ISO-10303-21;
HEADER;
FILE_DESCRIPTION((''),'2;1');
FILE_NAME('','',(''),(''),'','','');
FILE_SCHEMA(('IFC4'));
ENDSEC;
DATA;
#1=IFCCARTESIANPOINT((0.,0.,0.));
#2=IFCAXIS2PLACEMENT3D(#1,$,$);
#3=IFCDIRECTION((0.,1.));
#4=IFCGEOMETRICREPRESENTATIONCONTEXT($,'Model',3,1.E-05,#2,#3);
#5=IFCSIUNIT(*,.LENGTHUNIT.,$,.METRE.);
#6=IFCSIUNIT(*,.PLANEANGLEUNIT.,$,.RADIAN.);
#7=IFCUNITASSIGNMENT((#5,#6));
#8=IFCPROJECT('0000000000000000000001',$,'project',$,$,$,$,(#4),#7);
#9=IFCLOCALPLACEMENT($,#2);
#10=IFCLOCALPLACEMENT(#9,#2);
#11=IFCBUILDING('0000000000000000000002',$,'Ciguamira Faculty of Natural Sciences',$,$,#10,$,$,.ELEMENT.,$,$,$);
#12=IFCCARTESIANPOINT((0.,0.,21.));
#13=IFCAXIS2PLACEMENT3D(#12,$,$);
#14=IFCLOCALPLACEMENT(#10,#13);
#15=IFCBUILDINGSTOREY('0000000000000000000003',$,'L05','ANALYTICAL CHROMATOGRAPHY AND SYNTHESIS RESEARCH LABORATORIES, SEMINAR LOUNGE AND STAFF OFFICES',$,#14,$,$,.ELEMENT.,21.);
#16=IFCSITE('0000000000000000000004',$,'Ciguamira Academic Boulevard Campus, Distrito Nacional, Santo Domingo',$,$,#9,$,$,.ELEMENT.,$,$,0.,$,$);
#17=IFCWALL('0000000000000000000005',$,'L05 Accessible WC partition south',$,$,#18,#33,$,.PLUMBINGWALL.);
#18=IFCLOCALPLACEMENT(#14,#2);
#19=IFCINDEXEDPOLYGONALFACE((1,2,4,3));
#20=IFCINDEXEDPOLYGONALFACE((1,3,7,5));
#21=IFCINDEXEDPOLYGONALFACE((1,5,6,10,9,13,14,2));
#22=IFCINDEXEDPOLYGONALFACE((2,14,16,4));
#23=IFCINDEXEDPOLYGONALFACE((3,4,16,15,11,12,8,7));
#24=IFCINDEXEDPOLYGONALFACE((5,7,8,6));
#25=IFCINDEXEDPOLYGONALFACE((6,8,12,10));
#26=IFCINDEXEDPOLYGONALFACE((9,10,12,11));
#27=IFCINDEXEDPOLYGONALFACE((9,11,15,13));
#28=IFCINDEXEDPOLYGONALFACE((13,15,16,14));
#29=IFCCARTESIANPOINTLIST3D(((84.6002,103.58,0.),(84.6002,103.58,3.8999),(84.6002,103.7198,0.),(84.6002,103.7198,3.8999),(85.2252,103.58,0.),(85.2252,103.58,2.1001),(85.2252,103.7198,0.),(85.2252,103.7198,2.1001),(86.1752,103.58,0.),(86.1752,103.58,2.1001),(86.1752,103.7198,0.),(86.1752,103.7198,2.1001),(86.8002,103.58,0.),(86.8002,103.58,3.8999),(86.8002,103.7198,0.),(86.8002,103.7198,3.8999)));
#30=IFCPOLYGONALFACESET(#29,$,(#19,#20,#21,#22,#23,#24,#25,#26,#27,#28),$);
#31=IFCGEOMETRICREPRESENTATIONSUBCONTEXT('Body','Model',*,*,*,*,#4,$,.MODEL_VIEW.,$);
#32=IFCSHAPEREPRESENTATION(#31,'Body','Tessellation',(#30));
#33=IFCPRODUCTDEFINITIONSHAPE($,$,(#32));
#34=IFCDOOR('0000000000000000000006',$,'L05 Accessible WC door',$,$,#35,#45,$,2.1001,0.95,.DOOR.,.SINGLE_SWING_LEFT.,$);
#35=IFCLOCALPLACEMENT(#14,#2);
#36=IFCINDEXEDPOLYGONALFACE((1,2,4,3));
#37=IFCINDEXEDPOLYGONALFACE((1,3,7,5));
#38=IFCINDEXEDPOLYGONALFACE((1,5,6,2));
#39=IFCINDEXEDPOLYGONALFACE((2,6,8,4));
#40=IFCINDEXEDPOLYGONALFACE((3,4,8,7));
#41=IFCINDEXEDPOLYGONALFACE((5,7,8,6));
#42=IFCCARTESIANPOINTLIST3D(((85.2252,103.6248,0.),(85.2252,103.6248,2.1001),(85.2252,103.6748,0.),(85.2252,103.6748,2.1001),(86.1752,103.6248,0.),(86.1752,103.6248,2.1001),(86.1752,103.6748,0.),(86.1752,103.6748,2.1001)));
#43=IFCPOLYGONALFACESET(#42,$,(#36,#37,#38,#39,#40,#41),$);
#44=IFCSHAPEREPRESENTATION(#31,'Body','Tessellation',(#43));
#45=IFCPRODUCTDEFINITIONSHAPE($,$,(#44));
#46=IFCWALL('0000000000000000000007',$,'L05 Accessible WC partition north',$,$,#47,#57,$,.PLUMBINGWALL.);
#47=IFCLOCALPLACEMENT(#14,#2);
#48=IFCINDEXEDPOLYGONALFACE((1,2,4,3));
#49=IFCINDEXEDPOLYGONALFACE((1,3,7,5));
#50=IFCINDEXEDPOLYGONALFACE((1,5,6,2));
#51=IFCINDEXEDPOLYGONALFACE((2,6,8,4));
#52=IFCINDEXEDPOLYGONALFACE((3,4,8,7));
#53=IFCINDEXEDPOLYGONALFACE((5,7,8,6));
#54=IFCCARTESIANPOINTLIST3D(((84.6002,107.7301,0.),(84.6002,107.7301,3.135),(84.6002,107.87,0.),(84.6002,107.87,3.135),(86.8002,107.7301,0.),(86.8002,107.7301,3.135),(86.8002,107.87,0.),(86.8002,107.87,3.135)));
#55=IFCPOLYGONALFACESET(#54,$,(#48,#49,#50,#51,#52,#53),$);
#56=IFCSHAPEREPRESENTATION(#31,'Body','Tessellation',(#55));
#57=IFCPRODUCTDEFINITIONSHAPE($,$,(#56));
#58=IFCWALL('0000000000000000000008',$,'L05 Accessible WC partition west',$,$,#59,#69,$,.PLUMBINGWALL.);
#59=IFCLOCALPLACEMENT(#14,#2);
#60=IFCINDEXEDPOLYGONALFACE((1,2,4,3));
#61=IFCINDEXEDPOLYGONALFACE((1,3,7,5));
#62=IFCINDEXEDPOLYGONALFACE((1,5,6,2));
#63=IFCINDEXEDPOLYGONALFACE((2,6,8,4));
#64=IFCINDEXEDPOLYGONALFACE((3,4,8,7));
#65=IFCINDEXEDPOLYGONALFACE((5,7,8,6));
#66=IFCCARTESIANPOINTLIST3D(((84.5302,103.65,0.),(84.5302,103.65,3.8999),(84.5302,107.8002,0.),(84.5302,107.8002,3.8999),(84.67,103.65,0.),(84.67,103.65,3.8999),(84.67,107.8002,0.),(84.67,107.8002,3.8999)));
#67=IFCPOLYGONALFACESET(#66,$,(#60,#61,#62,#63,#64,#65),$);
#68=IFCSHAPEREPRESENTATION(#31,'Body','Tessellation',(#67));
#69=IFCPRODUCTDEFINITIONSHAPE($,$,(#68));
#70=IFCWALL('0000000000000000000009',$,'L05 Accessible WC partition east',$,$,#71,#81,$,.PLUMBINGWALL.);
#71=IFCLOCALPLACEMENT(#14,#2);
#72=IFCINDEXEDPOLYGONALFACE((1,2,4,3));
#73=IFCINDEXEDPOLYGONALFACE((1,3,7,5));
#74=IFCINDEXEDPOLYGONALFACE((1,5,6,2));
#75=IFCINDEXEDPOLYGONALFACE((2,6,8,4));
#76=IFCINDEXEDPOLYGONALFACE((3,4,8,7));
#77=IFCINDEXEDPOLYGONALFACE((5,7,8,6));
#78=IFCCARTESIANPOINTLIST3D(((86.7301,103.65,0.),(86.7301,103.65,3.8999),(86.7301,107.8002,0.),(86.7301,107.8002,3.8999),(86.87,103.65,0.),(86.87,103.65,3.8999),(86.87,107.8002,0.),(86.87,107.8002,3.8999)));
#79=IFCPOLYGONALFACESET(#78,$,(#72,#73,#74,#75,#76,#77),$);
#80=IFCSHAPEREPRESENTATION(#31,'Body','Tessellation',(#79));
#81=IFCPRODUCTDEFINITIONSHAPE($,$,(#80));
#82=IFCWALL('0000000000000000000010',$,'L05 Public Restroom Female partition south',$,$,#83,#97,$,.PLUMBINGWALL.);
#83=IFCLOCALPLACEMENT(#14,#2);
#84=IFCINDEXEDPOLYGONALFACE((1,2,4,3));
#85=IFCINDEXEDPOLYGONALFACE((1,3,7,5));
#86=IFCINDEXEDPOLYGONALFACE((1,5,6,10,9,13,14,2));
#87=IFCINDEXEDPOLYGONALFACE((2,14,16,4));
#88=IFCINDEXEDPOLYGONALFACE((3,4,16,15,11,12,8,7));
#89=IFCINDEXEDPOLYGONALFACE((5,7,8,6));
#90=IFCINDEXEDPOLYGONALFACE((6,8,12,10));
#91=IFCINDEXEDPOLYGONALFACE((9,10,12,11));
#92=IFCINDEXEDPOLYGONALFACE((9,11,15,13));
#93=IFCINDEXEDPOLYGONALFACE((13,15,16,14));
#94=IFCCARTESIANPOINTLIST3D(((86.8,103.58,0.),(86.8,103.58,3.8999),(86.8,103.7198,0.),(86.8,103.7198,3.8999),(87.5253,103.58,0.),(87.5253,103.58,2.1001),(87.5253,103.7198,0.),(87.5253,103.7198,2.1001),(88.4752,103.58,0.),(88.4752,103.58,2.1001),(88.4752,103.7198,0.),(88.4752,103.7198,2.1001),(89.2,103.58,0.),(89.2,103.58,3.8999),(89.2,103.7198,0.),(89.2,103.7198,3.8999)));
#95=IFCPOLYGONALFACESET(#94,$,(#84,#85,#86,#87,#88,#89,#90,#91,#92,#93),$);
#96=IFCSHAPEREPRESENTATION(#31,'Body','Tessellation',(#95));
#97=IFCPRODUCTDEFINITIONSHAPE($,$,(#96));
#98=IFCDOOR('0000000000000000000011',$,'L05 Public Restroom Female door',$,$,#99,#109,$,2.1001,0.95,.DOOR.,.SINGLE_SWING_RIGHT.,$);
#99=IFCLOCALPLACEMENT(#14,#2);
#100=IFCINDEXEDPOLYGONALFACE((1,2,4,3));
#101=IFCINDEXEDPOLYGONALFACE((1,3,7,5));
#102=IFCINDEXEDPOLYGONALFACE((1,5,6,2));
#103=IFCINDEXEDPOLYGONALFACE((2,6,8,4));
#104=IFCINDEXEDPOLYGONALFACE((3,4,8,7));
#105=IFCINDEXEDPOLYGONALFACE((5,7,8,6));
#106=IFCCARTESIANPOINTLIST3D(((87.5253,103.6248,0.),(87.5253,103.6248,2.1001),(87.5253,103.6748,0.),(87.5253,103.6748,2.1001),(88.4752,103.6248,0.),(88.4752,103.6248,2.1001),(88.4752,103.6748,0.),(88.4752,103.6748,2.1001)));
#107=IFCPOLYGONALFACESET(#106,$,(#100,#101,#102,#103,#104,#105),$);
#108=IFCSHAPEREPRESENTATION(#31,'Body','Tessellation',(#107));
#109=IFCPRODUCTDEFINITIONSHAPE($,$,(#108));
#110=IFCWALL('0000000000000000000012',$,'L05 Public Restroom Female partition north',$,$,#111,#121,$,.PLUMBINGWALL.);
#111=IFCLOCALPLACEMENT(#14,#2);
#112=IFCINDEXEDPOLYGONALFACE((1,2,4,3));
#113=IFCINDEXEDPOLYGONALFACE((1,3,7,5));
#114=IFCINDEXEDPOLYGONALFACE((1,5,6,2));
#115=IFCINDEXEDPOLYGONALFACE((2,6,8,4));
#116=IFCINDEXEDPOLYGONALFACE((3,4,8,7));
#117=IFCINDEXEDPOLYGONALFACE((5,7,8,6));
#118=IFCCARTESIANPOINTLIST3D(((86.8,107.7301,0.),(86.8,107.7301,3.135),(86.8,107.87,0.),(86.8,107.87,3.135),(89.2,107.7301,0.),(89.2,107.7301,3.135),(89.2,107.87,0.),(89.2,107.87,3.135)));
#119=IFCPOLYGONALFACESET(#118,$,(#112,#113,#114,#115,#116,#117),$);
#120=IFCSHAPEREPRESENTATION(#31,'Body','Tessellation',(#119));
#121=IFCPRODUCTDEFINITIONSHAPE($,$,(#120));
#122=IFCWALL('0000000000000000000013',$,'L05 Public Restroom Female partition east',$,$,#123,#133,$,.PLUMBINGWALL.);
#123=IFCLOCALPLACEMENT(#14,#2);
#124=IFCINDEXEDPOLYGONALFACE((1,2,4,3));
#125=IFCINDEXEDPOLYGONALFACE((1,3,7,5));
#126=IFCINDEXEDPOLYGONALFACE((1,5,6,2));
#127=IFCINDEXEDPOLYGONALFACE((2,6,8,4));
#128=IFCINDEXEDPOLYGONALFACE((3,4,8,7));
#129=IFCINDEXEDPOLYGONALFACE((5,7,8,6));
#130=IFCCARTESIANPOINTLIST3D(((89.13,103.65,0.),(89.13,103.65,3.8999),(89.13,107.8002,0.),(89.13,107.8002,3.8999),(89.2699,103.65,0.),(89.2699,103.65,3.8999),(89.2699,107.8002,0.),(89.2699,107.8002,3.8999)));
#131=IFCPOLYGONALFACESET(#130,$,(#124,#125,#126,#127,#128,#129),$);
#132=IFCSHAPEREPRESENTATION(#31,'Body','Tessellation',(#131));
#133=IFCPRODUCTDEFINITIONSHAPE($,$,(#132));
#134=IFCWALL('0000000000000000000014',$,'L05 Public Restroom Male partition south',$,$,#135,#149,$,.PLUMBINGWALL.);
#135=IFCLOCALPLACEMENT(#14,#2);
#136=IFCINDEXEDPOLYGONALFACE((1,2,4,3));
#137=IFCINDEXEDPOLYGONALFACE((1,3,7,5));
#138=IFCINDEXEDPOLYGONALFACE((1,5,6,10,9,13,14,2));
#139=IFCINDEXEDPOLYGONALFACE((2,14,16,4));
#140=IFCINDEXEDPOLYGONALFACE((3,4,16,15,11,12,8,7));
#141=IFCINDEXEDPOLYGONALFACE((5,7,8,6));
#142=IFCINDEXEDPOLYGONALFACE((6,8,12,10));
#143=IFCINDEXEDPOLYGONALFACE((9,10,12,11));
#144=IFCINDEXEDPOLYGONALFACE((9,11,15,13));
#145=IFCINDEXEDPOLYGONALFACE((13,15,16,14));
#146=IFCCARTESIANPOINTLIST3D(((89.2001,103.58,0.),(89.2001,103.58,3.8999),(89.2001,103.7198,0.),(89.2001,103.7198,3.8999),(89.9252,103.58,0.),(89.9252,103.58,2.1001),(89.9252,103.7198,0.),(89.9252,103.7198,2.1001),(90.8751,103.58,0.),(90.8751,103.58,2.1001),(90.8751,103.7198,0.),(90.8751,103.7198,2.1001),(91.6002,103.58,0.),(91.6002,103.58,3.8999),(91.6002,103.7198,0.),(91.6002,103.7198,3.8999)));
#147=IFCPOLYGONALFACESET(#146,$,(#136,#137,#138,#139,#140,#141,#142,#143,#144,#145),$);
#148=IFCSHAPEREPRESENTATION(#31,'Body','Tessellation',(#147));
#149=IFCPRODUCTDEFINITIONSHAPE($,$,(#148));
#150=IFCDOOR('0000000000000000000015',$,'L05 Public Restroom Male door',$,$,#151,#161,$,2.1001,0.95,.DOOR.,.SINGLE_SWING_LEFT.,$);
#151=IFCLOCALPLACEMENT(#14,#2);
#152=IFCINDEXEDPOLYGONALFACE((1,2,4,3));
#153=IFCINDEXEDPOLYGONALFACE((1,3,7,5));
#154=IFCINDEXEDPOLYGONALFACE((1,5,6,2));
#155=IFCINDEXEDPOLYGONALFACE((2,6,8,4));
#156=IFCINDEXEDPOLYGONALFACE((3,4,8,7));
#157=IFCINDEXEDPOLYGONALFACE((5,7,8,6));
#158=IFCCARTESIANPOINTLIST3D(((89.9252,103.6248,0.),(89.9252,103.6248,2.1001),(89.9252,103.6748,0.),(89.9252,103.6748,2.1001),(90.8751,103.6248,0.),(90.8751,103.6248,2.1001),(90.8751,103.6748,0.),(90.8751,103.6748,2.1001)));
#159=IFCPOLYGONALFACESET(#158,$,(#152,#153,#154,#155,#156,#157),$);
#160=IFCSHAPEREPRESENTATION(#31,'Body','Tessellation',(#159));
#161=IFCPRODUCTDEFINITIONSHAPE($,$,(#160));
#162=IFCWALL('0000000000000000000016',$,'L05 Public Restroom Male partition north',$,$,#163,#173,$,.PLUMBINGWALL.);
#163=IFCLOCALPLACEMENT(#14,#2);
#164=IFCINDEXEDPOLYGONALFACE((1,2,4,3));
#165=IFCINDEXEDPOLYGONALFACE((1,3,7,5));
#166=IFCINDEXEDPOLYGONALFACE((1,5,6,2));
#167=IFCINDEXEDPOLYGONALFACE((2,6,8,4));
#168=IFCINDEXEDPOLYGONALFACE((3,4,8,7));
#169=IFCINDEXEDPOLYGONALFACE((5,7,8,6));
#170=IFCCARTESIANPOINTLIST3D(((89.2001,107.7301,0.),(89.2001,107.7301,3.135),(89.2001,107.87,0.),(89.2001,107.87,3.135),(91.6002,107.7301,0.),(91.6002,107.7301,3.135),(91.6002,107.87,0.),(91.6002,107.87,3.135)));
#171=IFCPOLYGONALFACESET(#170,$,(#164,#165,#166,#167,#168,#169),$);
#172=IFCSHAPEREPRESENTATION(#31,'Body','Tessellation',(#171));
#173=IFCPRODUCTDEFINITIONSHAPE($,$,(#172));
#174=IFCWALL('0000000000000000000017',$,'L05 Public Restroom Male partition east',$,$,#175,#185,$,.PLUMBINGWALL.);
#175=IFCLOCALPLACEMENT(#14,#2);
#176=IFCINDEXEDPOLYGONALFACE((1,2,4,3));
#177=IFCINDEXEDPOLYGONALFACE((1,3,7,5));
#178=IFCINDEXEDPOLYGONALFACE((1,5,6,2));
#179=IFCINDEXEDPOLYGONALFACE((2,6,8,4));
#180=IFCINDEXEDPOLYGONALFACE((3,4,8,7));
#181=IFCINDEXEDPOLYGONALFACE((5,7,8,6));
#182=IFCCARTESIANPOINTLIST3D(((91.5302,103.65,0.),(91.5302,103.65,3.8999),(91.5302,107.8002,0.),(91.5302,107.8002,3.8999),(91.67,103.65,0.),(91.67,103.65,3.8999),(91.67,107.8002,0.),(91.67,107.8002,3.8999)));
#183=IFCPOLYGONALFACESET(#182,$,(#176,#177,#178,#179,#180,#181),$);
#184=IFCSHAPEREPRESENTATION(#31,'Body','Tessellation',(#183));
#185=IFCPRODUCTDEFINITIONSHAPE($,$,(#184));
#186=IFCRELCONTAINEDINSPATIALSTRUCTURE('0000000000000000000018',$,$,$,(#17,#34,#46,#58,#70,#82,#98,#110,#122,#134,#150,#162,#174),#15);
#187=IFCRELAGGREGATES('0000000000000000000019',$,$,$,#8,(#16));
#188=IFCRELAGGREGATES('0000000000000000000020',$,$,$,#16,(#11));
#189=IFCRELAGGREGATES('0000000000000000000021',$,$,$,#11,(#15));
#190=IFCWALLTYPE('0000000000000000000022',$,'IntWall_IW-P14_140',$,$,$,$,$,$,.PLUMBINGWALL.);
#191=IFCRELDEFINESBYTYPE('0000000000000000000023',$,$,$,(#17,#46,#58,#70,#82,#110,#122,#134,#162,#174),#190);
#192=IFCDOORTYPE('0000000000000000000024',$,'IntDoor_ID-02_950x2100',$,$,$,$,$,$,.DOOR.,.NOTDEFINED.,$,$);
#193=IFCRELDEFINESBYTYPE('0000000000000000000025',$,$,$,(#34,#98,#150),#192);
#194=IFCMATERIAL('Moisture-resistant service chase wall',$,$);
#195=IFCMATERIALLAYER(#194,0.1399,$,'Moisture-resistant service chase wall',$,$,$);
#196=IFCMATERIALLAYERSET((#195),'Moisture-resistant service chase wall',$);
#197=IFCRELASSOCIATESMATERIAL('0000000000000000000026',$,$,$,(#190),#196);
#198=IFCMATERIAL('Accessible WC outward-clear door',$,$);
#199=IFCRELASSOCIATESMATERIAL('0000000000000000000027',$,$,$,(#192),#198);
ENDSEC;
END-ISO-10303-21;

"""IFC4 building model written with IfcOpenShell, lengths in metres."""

from ifc_helpers import new_model, si_unit, direction, frame, frame_2d, origin, place, context, subcontext, project, spatial, rectangle, extrude, material, layer, layer_set, type_object, element, fill, save


model = new_model("IFC4")

# Units and contexts
model_context = context("Model", 3, precision=1e-05, world=origin(), true_north=direction((0.0, 1.0)))
body_context = subcontext(model_context, "Body", "Model", "MODEL_VIEW")
ifc_project = project(units=[si_unit("LENGTHUNIT", "METRE"), si_unit("PLANEANGLEUNIT", "RADIAN")], contexts=[model_context])

# Site, building, storey
site_placement = place(None, origin())
site = spatial("IfcSite", under=ifc_project, at=site_placement, Name="Ciguamira Academic Boulevard Campus, Distrito Nacional, Santo Domingo", CompositionType="ELEMENT", RefElevation=0.0)
building_placement = place(site_placement, origin())
building = spatial("IfcBuilding", under=site, at=building_placement, Name="Ciguamira Faculty of Natural Sciences", CompositionType="ELEMENT")
storey_placement = place(building_placement, frame((0.0, 0.0, 21.0)))
storey = spatial("IfcBuildingStorey", under=building, at=storey_placement, Name="L05", Description="ANALYTICAL CHROMATOGRAPHY AND SYNTHESIS RESEARCH LABORATORIES, SEMINAR LOUNGE AND STAFF OFFICES", CompositionType="ELEMENT", Elevation=21.0)

# Wall, opening, door
ifc_material_1 = material(Name="Moisture-resistant service chase wall")
ifc_layer_1 = layer(ifc_material_1, 0.1399, Name="Moisture-resistant service chase wall")
ifc_layer_set_1 = layer_set([ifc_layer_1], Name="Moisture-resistant service chase wall")
wall_type_1 = type_object("IfcWallType", Name="IntWall_IW-P14_140", PredefinedType="PLUMBINGWALL", material=ifc_layer_set_1)
wall_1_placement = place(storey_placement, frame((84.6001, 103.6499, 0.0), z_axis=(0.0, 0.0, 1.0), x_axis=(1.0, 0.0, 0.0)))
wall_1 = element("IfcWall", 1, at=wall_1_placement, inside=storey, type_object=wall_type_1, Name="L05 Accessible WC partition south", PredefinedType="PLUMBINGWALL", context=body_context, shape_type="SweptSolid", body=[
    extrude(rectangle(XDim=2.2, YDim=0.1399, at=frame_2d((1.1001, 0.0))), origin(), (0.0, 0.0, 1.0), 3.8999),
])
opening_1_placement = place(wall_1_placement, frame((0.625, 0.0, 0.0)))
opening_1 = element("IfcOpeningElement", 2, at=opening_1_placement, cuts=wall_1, PredefinedType="OPENING", context=body_context, shape_type="SweptSolid", body=[
    extrude(rectangle(XDim=0.95, YDim=2.1001, at=frame_2d((0.4751, 1.05))), frame((0.0, 0.0798, 0.0), z_axis=(0.0, -1.0, 0.0), x_axis=(1.0, 0.0, 0.0)), (0.0, 0.0, 1.0), 0.1599),
])
ifc_material_2 = material(Name="Accessible WC outward-clear door")
door_type_1 = type_object("IfcDoorType", Name="IntDoor_ID-02_950x2100", OperationType="NOTDEFINED", PredefinedType="DOOR", material=ifc_material_2)
door_1_placement = place(opening_1_placement, origin())
door_1 = element("IfcDoor", 3, at=door_1_placement, inside=storey, type_object=door_type_1, Name="L05 Accessible WC door", OperationType="SINGLE_SWING_LEFT", OverallHeight=2.1001, OverallWidth=0.95, PredefinedType="DOOR", context=body_context, shape_type="SweptSolid", body=[
    extrude(rectangle(XDim=0.95, YDim=2.1001, at=frame_2d((0.4751, 1.05))), frame((0.0, 0.0249, 0.0), z_axis=(0.0, -1.0, 0.0), x_axis=(1.0, 0.0, 0.0)), (0.0, 0.0, 1.0), 0.05),
])
fill(opening_1, door_1)

# Walls
wall_2_placement = place(storey_placement, frame((84.6001, 107.8, 0.0), z_axis=(0.0, 0.0, 1.0), x_axis=(1.0, 0.0, 0.0)))
element("IfcWall", 4, at=wall_2_placement, inside=storey, type_object=wall_type_1, Name="L05 Accessible WC partition north", PredefinedType="PLUMBINGWALL", context=body_context, shape_type="SweptSolid", body=[
    extrude(rectangle(XDim=2.2, YDim=0.1399, at=frame_2d((1.1001, 0.0))), origin(), (0.0, 0.0, 1.0), 3.135),
])
for number, where, z_axis, x_axis, name in (
    (5, (84.6001, 103.6499, 0.0), (0.0, 0.0, 1.0), (0.0, 1.0, 0.0), "L05 Accessible WC partition west"),
    (6, (86.8, 103.6499, 0.0), (0.0, 0.0, 1.0), (0.0, 1.0, 0.0), "L05 Accessible WC partition east"),
):
    element("IfcWall", number, at=place(storey_placement, frame(where, z_axis=z_axis, x_axis=x_axis)), inside=storey, type_object=wall_type_1, Name=name, PredefinedType="PLUMBINGWALL", context=body_context, shape_type="SweptSolid", body=[
        extrude(rectangle(XDim=4.1501, YDim=0.1399, at=frame_2d((2.0752, 0.0))), origin(), (0.0, 0.0, 1.0), 3.8999),
    ])

# Wall, opening, door
wall_3_placement = place(storey_placement, frame((86.8, 103.6499, 0.0), z_axis=(0.0, 0.0, 1.0), x_axis=(1.0, 0.0, 0.0)))
wall_3 = element("IfcWall", 7, at=wall_3_placement, inside=storey, type_object=wall_type_1, Name="L05 Public Restroom Female partition south", PredefinedType="PLUMBINGWALL", context=body_context, shape_type="SweptSolid", body=[
    extrude(rectangle(XDim=2.3999, YDim=0.1399, at=frame_2d((1.2, 0.0))), origin(), (0.0, 0.0, 1.0), 3.8999),
])
opening_2_placement = place(wall_3_placement, frame((0.7251, 0.0, 0.0)))
opening_2 = element("IfcOpeningElement", 8, at=opening_2_placement, cuts=wall_3, PredefinedType="OPENING", context=body_context, shape_type="SweptSolid", body=[
    extrude(rectangle(XDim=0.95, YDim=2.1001, at=frame_2d((0.4751, 1.05))), frame((0.0, 0.0798, 0.0), z_axis=(0.0, -1.0, 0.0), x_axis=(1.0, 0.0, 0.0)), (0.0, 0.0, 1.0), 0.1599),
])
door_2_placement = place(opening_2_placement, origin())
door_2 = element("IfcDoor", 9, at=door_2_placement, inside=storey, type_object=door_type_1, Name="L05 Public Restroom Female door", OperationType="SINGLE_SWING_RIGHT", OverallHeight=2.1001, OverallWidth=0.95, PredefinedType="DOOR", context=body_context, shape_type="SweptSolid", body=[
    extrude(rectangle(XDim=0.95, YDim=2.1001, at=frame_2d((0.4751, 1.05))), frame((0.0, 0.0249, 0.0), z_axis=(0.0, -1.0, 0.0), x_axis=(1.0, 0.0, 0.0)), (0.0, 0.0, 1.0), 0.05),
])
fill(opening_2, door_2)

# Walls
wall_4_placement = place(storey_placement, frame((86.8, 107.8, 0.0), z_axis=(0.0, 0.0, 1.0), x_axis=(1.0, 0.0, 0.0)))
element("IfcWall", 10, at=wall_4_placement, inside=storey, type_object=wall_type_1, Name="L05 Public Restroom Female partition north", PredefinedType="PLUMBINGWALL", context=body_context, shape_type="SweptSolid", body=[
    extrude(rectangle(XDim=2.3999, YDim=0.1399, at=frame_2d((1.2, 0.0))), origin(), (0.0, 0.0, 1.0), 3.135),
])
wall_5_placement = place(storey_placement, frame((89.2, 103.6499, 0.0), z_axis=(0.0, 0.0, 1.0), x_axis=(0.0, 1.0, 0.0)))
element("IfcWall", 11, at=wall_5_placement, inside=storey, type_object=wall_type_1, Name="L05 Public Restroom Female partition east", PredefinedType="PLUMBINGWALL", context=body_context, shape_type="SweptSolid", body=[
    extrude(rectangle(XDim=4.1501, YDim=0.1399, at=frame_2d((2.0752, 0.0))), origin(), (0.0, 0.0, 1.0), 3.8999),
])

# Wall, opening, door
wall_6_placement = place(storey_placement, frame((89.2, 103.6499, 0.0), z_axis=(0.0, 0.0, 1.0), x_axis=(1.0, 0.0, 0.0)))
wall_6 = element("IfcWall", 12, at=wall_6_placement, inside=storey, type_object=wall_type_1, Name="L05 Public Restroom Male partition south", PredefinedType="PLUMBINGWALL", context=body_context, shape_type="SweptSolid", body=[
    extrude(rectangle(XDim=2.4001, YDim=0.1399, at=frame_2d((1.2002, 0.0))), origin(), (0.0, 0.0, 1.0), 3.8999),
])
opening_3_placement = place(wall_6_placement, frame((0.7251, 0.0, 0.0)))
opening_3 = element("IfcOpeningElement", 13, at=opening_3_placement, cuts=wall_6, PredefinedType="OPENING", context=body_context, shape_type="SweptSolid", body=[
    extrude(rectangle(XDim=0.95, YDim=2.1001, at=frame_2d((0.4751, 1.05))), frame((0.0, 0.0798, 0.0), z_axis=(0.0, -1.0, 0.0), x_axis=(1.0, 0.0, 0.0)), (0.0, 0.0, 1.0), 0.1599),
])
door_3_placement = place(opening_3_placement, origin())
door_3 = element("IfcDoor", 14, at=door_3_placement, inside=storey, type_object=door_type_1, Name="L05 Public Restroom Male door", OperationType="SINGLE_SWING_LEFT", OverallHeight=2.1001, OverallWidth=0.95, PredefinedType="DOOR", context=body_context, shape_type="SweptSolid", body=[
    extrude(rectangle(XDim=0.95, YDim=2.1001, at=frame_2d((0.4751, 1.05))), frame((0.0, 0.0249, 0.0), z_axis=(0.0, -1.0, 0.0), x_axis=(1.0, 0.0, 0.0)), (0.0, 0.0, 1.0), 0.05),
])
fill(opening_3, door_3)

# Walls
wall_7_placement = place(storey_placement, frame((89.2, 107.8, 0.0), z_axis=(0.0, 0.0, 1.0), x_axis=(1.0, 0.0, 0.0)))
element("IfcWall", 15, at=wall_7_placement, inside=storey, type_object=wall_type_1, Name="L05 Public Restroom Male partition north", PredefinedType="PLUMBINGWALL", context=body_context, shape_type="SweptSolid", body=[
    extrude(rectangle(XDim=2.4001, YDim=0.1399, at=frame_2d((1.2002, 0.0))), origin(), (0.0, 0.0, 1.0), 3.135),
])
wall_8_placement = place(storey_placement, frame((91.6001, 103.6499, 0.0), z_axis=(0.0, 0.0, 1.0), x_axis=(0.0, 1.0, 0.0)))
element("IfcWall", 16, at=wall_8_placement, inside=storey, type_object=wall_type_1, Name="L05 Public Restroom Male partition east", PredefinedType="PLUMBINGWALL", context=body_context, shape_type="SweptSolid", body=[
    extrude(rectangle(XDim=4.1501, YDim=0.1399, at=frame_2d((2.0752, 0.0))), origin(), (0.0, 0.0, 1.0), 3.8999),
])

save(model, "model.ifc")
